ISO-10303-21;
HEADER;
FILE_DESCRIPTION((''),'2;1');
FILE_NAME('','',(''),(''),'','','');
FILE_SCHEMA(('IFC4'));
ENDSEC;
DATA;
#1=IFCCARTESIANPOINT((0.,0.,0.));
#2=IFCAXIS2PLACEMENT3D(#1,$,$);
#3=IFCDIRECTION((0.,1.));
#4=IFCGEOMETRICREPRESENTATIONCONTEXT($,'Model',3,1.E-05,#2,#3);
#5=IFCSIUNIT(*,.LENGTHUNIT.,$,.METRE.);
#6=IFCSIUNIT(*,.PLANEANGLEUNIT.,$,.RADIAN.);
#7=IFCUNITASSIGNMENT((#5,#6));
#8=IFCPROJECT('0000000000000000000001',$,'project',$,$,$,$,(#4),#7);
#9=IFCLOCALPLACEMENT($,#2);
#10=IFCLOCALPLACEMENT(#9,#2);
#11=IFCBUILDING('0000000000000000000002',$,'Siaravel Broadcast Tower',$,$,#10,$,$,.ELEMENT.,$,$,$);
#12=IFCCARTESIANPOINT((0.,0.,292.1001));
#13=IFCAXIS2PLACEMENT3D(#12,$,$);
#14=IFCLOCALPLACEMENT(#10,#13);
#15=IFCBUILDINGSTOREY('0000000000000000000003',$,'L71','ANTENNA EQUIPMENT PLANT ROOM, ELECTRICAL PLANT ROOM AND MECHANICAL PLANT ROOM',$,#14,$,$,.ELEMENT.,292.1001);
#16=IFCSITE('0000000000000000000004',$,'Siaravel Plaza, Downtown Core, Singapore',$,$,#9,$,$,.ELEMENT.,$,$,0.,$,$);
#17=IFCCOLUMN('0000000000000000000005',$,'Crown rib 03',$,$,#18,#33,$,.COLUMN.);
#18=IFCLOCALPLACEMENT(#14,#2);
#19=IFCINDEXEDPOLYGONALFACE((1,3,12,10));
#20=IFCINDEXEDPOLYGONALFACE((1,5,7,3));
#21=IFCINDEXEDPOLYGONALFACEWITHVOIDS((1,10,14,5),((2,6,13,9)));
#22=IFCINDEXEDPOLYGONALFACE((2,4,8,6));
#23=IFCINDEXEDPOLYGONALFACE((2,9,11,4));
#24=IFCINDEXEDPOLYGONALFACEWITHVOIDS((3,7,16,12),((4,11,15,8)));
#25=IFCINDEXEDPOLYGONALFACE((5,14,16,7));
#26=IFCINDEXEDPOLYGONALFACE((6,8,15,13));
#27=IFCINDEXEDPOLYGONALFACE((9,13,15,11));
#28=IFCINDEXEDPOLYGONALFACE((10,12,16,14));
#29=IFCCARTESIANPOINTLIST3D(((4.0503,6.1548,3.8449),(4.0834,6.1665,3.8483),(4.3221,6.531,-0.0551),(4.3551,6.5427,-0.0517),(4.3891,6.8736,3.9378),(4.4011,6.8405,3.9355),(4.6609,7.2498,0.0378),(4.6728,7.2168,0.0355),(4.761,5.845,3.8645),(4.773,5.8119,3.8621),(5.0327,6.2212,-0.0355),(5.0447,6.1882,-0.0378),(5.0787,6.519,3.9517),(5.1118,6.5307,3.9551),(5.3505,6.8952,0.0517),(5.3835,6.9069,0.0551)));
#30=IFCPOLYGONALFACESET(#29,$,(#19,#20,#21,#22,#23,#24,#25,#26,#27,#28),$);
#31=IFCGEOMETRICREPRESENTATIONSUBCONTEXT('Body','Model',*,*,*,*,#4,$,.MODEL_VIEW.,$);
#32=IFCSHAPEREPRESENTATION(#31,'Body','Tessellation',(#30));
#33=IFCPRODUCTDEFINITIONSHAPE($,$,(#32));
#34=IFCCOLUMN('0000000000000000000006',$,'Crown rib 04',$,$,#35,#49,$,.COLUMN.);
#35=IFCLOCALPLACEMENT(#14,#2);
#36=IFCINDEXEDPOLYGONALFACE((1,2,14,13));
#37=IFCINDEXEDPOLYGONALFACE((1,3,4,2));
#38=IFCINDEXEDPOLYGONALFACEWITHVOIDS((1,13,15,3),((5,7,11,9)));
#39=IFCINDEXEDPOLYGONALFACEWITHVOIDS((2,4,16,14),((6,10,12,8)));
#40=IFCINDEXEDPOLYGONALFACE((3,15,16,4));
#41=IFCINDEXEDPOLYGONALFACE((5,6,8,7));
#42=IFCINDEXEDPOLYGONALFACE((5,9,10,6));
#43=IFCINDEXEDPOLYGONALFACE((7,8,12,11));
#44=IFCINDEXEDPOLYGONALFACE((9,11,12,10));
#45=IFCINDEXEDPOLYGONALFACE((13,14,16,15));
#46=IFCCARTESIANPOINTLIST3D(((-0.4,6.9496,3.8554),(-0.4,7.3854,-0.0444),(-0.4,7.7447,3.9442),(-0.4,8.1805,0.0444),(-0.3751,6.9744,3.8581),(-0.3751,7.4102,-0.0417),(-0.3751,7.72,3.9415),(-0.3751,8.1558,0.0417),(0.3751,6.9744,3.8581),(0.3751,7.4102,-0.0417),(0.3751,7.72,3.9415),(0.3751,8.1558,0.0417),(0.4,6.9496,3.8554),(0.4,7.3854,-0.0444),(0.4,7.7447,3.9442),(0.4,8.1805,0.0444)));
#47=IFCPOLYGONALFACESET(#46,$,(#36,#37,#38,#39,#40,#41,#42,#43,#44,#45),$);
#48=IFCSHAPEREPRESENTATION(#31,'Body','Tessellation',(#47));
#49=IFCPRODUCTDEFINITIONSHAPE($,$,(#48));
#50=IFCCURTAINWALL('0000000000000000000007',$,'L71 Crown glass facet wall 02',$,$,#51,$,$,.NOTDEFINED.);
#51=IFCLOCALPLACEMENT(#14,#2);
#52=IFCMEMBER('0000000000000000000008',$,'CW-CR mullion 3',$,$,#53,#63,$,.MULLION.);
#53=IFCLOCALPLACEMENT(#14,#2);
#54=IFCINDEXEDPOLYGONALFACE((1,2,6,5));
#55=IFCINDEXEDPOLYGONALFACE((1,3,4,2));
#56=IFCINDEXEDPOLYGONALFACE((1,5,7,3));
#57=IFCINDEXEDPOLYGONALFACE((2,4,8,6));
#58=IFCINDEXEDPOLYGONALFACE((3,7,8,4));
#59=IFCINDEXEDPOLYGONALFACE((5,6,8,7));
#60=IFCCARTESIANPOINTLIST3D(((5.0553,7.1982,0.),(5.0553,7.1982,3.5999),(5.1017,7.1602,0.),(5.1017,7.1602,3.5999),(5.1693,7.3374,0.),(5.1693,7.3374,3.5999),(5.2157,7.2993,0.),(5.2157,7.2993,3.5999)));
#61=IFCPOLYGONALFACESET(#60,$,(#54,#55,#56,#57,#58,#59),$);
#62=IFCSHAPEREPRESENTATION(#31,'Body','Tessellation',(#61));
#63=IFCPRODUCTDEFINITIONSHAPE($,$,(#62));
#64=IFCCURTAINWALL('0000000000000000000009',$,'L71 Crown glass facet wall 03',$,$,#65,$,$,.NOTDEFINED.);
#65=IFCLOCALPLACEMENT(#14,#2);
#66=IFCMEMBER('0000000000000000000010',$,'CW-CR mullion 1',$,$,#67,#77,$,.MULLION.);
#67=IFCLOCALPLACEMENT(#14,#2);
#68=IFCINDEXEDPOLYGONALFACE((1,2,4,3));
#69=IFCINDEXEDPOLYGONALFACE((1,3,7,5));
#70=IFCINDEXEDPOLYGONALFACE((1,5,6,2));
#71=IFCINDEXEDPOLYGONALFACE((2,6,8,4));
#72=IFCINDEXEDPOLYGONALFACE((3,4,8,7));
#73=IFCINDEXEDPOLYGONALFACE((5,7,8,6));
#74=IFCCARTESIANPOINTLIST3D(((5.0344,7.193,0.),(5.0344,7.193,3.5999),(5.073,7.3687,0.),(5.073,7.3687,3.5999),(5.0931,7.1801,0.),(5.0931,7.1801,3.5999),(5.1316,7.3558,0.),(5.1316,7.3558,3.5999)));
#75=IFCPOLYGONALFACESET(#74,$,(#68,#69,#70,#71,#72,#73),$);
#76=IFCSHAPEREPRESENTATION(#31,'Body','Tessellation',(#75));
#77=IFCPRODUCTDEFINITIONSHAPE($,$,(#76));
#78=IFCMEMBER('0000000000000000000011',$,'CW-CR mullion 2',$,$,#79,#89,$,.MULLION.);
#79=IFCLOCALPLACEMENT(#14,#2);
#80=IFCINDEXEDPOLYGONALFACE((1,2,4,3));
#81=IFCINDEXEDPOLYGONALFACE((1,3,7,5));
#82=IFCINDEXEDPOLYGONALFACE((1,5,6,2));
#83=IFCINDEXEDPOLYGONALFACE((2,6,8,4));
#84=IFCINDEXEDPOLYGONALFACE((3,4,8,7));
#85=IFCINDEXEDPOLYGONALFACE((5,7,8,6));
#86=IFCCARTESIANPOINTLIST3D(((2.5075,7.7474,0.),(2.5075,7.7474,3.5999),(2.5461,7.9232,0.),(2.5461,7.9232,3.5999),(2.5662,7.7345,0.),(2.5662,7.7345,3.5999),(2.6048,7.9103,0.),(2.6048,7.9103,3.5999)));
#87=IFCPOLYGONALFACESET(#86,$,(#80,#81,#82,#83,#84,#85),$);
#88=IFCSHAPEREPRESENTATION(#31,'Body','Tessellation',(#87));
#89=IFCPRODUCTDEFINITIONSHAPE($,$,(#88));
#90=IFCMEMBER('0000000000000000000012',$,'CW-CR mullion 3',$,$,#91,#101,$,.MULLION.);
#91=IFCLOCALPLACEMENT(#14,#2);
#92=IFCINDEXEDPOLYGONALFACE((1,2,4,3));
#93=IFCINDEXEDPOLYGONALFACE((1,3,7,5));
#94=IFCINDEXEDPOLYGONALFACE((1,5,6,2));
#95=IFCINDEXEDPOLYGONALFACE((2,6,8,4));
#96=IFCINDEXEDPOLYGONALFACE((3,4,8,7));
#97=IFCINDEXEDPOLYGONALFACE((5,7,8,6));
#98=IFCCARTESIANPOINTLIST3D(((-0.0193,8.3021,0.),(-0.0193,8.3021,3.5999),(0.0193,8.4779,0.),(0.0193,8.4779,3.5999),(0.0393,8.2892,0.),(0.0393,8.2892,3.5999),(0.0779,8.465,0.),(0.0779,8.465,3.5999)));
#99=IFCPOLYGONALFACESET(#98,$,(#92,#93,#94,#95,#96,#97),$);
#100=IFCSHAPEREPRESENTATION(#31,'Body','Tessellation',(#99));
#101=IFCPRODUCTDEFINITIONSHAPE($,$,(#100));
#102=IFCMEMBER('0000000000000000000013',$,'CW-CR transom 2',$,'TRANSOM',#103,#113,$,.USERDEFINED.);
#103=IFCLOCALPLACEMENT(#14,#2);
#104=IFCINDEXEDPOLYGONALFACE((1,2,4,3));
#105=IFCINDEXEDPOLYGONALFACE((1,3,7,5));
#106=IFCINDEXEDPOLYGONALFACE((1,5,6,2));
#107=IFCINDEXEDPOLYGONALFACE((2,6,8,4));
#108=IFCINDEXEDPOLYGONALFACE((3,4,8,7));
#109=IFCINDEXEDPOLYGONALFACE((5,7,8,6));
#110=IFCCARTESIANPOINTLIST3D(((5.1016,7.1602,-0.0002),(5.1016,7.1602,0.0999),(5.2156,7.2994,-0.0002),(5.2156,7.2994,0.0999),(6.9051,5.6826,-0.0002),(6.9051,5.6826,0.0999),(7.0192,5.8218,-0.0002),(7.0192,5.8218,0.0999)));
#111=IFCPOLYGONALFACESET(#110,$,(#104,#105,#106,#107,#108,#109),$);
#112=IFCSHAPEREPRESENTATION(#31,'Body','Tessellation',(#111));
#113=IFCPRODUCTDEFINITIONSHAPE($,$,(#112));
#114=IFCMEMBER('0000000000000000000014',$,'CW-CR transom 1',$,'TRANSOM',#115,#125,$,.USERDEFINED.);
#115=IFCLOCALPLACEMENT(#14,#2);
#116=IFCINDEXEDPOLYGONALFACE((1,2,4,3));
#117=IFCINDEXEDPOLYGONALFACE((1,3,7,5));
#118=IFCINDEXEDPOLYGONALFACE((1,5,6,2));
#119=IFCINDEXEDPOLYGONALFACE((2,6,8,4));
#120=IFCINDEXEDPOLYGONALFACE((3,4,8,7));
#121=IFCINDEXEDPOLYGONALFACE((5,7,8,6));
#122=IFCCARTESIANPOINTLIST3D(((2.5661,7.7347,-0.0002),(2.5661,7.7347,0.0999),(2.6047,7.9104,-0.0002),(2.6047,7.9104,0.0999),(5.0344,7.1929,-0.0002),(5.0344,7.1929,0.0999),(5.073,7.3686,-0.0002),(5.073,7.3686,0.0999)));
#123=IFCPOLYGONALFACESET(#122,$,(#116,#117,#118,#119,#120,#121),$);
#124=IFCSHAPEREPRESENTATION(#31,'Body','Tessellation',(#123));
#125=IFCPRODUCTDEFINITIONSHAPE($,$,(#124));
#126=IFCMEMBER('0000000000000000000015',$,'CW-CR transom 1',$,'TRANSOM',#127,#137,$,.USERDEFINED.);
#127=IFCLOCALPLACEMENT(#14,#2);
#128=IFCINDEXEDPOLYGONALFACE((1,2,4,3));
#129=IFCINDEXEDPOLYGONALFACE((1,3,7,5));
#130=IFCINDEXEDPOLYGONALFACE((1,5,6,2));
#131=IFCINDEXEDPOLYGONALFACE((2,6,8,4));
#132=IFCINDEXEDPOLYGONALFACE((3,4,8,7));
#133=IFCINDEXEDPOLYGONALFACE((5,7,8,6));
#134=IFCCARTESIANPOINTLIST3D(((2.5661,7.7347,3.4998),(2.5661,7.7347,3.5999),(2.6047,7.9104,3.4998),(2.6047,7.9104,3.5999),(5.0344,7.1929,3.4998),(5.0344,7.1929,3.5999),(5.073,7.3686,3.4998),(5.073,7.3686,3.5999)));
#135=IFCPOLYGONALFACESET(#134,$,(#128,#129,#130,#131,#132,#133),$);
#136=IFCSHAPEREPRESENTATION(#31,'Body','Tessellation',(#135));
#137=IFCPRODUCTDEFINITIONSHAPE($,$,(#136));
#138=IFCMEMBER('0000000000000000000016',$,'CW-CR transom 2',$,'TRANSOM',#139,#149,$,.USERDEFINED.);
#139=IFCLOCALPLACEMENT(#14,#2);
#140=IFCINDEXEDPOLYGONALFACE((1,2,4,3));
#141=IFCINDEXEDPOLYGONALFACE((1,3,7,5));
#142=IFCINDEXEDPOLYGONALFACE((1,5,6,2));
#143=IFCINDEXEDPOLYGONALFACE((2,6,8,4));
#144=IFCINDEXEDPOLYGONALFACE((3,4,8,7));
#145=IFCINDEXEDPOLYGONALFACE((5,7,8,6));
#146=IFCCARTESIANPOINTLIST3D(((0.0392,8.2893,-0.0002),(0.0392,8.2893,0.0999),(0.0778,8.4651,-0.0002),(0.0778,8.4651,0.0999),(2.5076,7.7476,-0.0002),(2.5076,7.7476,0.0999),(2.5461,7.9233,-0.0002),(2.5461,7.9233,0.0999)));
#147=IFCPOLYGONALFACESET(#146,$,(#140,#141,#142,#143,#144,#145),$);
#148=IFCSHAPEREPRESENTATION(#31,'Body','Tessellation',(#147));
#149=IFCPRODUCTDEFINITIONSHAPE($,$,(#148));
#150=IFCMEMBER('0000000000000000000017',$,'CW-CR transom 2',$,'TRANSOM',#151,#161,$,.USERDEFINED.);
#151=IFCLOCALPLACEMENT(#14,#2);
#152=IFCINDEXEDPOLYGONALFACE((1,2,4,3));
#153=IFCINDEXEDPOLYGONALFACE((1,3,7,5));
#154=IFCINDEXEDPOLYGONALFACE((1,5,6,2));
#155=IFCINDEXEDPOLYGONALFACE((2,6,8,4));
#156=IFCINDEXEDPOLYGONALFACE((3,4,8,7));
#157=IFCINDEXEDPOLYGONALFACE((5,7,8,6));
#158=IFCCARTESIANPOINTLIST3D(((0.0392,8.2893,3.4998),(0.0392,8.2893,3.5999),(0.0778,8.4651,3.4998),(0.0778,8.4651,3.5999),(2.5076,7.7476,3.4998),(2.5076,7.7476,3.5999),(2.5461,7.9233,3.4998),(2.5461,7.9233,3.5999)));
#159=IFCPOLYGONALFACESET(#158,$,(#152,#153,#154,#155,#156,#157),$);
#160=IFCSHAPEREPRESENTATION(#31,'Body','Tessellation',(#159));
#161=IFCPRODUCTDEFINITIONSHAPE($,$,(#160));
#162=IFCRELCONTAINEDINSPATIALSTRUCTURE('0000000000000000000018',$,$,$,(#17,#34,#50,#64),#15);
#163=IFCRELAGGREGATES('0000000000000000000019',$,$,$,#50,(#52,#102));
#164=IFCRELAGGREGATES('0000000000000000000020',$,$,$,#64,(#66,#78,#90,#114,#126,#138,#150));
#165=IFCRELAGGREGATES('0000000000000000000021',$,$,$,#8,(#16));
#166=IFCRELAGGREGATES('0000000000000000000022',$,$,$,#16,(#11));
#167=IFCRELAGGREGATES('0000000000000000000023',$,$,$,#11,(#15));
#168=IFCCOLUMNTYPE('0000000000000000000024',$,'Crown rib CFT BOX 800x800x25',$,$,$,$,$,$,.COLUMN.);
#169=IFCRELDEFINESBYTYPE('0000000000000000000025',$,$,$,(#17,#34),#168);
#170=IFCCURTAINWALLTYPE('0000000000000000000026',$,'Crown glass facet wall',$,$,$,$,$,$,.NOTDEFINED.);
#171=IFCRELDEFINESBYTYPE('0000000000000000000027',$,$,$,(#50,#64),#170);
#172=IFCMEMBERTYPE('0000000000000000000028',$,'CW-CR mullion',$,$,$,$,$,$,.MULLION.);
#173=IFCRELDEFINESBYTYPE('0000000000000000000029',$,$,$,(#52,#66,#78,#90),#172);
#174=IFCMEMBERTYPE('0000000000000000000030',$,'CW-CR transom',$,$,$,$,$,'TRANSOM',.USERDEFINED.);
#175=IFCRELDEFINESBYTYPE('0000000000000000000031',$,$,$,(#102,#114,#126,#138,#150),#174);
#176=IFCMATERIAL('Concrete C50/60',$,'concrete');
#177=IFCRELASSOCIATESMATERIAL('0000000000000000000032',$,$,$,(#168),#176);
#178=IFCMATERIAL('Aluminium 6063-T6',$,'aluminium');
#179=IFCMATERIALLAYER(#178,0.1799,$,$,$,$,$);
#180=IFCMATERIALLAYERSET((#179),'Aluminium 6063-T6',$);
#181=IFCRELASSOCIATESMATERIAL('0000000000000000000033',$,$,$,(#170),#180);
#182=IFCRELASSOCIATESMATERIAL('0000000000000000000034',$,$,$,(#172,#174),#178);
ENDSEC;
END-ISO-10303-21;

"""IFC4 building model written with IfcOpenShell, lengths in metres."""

from ifc_helpers import new_model, si_unit, direction, frame, origin, origin_2d, place, context, subcontext, project, spatial, rectangle, hollow_rectangle, extrude, material, layer, layer_set, material_profile, profile_set, type_object, element, aggregate, save


model = new_model("IFC4")

# Units and contexts
model_context = context("Model", 3, precision=1e-05, world=origin(), true_north=direction((0.0, 1.0)))
body_context = subcontext(model_context, "Body", "Model", "MODEL_VIEW")
ifc_project = project(units=[si_unit("LENGTHUNIT", "METRE"), si_unit("PLANEANGLEUNIT", "RADIAN")], contexts=[model_context])

# Site, building, storey
site_placement = place(None, origin())
site = spatial("IfcSite", under=ifc_project, at=site_placement, Name="Siaravel Plaza, Downtown Core, Singapore", CompositionType="ELEMENT", RefElevation=0.0)
building_placement = place(site_placement, origin())
building = spatial("IfcBuilding", under=site, at=building_placement, Name="Siaravel Broadcast Tower", CompositionType="ELEMENT")
storey_placement = place(building_placement, frame((0.0, 0.0, 292.1001)))
storey = spatial("IfcBuildingStorey", under=building, at=storey_placement, Name="L71", Description="ANTENNA EQUIPMENT PLANT ROOM, ELECTRICAL PLANT ROOM AND MECHANICAL PLANT ROOM", CompositionType="ELEMENT", Elevation=292.1001)

# Columns
ifc_material_1 = material(Name="Concrete C50/60", Category="concrete")
ifc_material_profile_1 = material_profile(ifc_material_1, hollow_rectangle(XDim=0.8, YDim=0.8, WallThickness=0.0249, at=origin_2d()))
ifc_profile_set_1 = profile_set([ifc_material_profile_1], Name="Concrete C50/60")
column_type = type_object("IfcColumnType", Name="Crown rib CFT BOX 800x800x25", PredefinedType="COLUMN", material=ifc_profile_set_1)
column_1_placement = place(storey_placement, frame((4.8528, 6.719, 0.0), z_axis=(-0.069188, -0.095793, 0.992994), x_axis=(0.903251, -0.428569, 0.021591)))
element("IfcColumn", 1, at=column_1_placement, inside=storey, type_object=column_type, Name="Crown rib 03", PredefinedType="COLUMN", context=body_context, shape_type="SweptSolid", body=[
    extrude(hollow_rectangle(XDim=0.8, YDim=0.8, WallThickness=0.0249, at=origin_2d()), origin(), (0.0, 0.0, 1.0), 3.9275),
])
column_2_placement = place(storey_placement, frame((0.0, 7.783, 0.0), z_axis=(0.0, -0.111053, 0.993814), x_axis=(1.0, 0.0, 0.0)))
element("IfcColumn", 2, at=column_2_placement, inside=storey, type_object=column_type, Name="Crown rib 04", PredefinedType="COLUMN", context=body_context, shape_type="SweptSolid", body=[
    extrude(hollow_rectangle(XDim=0.8, YDim=0.8, WallThickness=0.0249, at=origin_2d()), origin(), (0.0, 0.0, 1.0), 3.9241),
])

# Curtain wall, member
ifc_material_2 = material(Name="Aluminium 6063-T6", Category="aluminium")
ifc_layer_1 = layer(ifc_material_2, 0.1799)
ifc_layer_set_1 = layer_set([ifc_layer_1], Name="Aluminium 6063-T6")
curtain_wall_type = type_object("IfcCurtainWallType", Name="Crown glass facet wall", PredefinedType="NOTDEFINED", material=ifc_layer_set_1)
curtain_wall_1_placement = place(storey_placement, origin())
curtain_wall_1 = element("IfcCurtainWall", 3, at=curtain_wall_1_placement, inside=storey, type_object=curtain_wall_type, Name="L71 Crown glass facet wall 02", PredefinedType="NOTDEFINED")
ifc_material_profile_2 = material_profile(ifc_material_2, rectangle(XDim=0.1799, YDim=0.0601, at=origin_2d()))
ifc_profile_set_2 = profile_set([ifc_material_profile_2], Name="Aluminium 6063-T6")
member_type_1 = type_object("IfcMemberType", Name="CW-CR mullion", PredefinedType="MULLION", material=ifc_profile_set_2)
member_1_placement = place(storey_placement, frame((5.1355, 7.2488, 0.0), z_axis=(0.0, 0.0, 1.0), x_axis=(-0.633724, -0.773559, 0.0)))
member_1 = element("IfcMember", 4, at=member_1_placement, type_object=member_type_1, Name="CW-CR mullion 3", PredefinedType="MULLION", context=body_context, shape_type="SweptSolid", body=[
    extrude(rectangle(XDim=0.1799, YDim=0.0601, at=origin_2d()), origin(), (0.0, 0.0, 1.0), 3.5999),
])

# Curtain wall, members
curtain_wall_2_placement = place(storey_placement, origin())
curtain_wall_2 = element("IfcCurtainWall", 5, at=curtain_wall_2_placement, inside=storey, type_object=curtain_wall_type, Name="L71 Crown glass facet wall 03", PredefinedType="NOTDEFINED")
member_2_placement = place(storey_placement, frame((5.083, 7.2744, 0.0), z_axis=(0.0, 0.0, 1.0), x_axis=(-0.214399, -0.976746, 0.0)))
member_2 = element("IfcMember", 6, at=member_2_placement, type_object=member_type_1, Name="CW-CR mullion 1", PredefinedType="MULLION", context=body_context, shape_type="SweptSolid", body=[
    extrude(rectangle(XDim=0.1799, YDim=0.0601, at=origin_2d()), origin(), (0.0, 0.0, 1.0), 3.5999),
])
member_3_placement = place(storey_placement, frame((2.5562, 7.8289, 0.0), z_axis=(0.0, 0.0, 1.0), x_axis=(-0.214399, -0.976746, 0.0)))
member_3 = element("IfcMember", 7, at=member_3_placement, type_object=member_type_1, Name="CW-CR mullion 2", PredefinedType="MULLION", context=body_context, shape_type="SweptSolid", body=[
    extrude(rectangle(XDim=0.1799, YDim=0.0601, at=origin_2d()), origin(), (0.0, 0.0, 1.0), 3.5999),
])
member_4_placement = place(storey_placement, frame((0.0293, 8.3835, 0.0), z_axis=(0.0, 0.0, 1.0), x_axis=(-0.214399, -0.976746, 0.0)))
member_4 = element("IfcMember", 8, at=member_4_placement, type_object=member_type_1, Name="CW-CR mullion 3", PredefinedType="MULLION", context=body_context, shape_type="SweptSolid", body=[
    extrude(rectangle(XDim=0.1799, YDim=0.0601, at=origin_2d()), origin(), (0.0, 0.0, 1.0), 3.5999),
])

# Members
ifc_material_profile_3 = material_profile(ifc_material_2, rectangle(XDim=0.1799, YDim=0.1001, at=origin_2d()))
ifc_profile_set_3 = profile_set([ifc_material_profile_3], Name="Aluminium 6063-T6")
member_type_2 = type_object("IfcMemberType", Name="CW-CR transom", ElementType="TRANSOM", PredefinedType="USERDEFINED", material=ifc_profile_set_3)
member_5_placement = place(storey_placement, frame((6.9622, 5.7522, 0.0498), z_axis=(-0.773542, 0.633745, 0.0), x_axis=(-0.633745, -0.773542, 0.0)))
member_5 = element("IfcMember", 9, at=member_5_placement, type_object=member_type_2, Name="CW-CR transom 2", ObjectType="TRANSOM", PredefinedType="USERDEFINED", context=body_context, shape_type="SweptSolid", body=[
    extrude(rectangle(XDim=0.1799, YDim=0.1001, at=origin_2d()), origin(), (0.0, 0.0, 1.0), 2.3315),
])
member_6_placement = place(storey_placement, frame((5.0537, 7.2808, 0.0498), z_axis=(-0.97675, 0.214383, 0.0), x_axis=(-0.214383, -0.97675, 0.0)))
member_6 = element("IfcMember", 10, at=member_6_placement, type_object=member_type_2, Name="CW-CR transom 1", ObjectType="TRANSOM", PredefinedType="USERDEFINED", context=body_context, shape_type="SweptSolid", body=[
    extrude(rectangle(XDim=0.1799, YDim=0.1001, at=origin_2d()), origin(), (0.0, 0.0, 1.0), 2.5271),
])
member_7_placement = place(storey_placement, frame((5.0537, 7.2808, 3.5498), z_axis=(-0.97675, 0.214383, 0.0), x_axis=(-0.214383, -0.97675, 0.0)))
member_7 = element("IfcMember", 11, at=member_7_placement, type_object=member_type_2, Name="CW-CR transom 1", ObjectType="TRANSOM", PredefinedType="USERDEFINED", context=body_context, shape_type="SweptSolid", body=[
    extrude(rectangle(XDim=0.1799, YDim=0.1001, at=origin_2d()), origin(), (0.0, 0.0, 1.0), 2.5271),
])
member_8_placement = place(storey_placement, frame((2.5269, 7.8354, 0.0498), z_axis=(-0.97675, 0.214383, 0.0), x_axis=(-0.214383, -0.97675, 0.0)))
member_8 = element("IfcMember", 12, at=member_8_placement, type_object=member_type_2, Name="CW-CR transom 2", ObjectType="TRANSOM", PredefinedType="USERDEFINED", context=body_context, shape_type="SweptSolid", body=[
    extrude(rectangle(XDim=0.1799, YDim=0.1001, at=origin_2d()), origin(), (0.0, 0.0, 1.0), 2.5271),
])
member_9_placement = place(storey_placement, frame((2.5269, 7.8354, 3.5498), z_axis=(-0.97675, 0.214383, 0.0), x_axis=(-0.214383, -0.97675, 0.0)))
member_9 = element("IfcMember", 13, at=member_9_placement, type_object=member_type_2, Name="CW-CR transom 2", ObjectType="TRANSOM", PredefinedType="USERDEFINED", context=body_context, shape_type="SweptSolid", body=[
    extrude(rectangle(XDim=0.1799, YDim=0.1001, at=origin_2d()), origin(), (0.0, 0.0, 1.0), 2.5271),
])

aggregate(curtain_wall_1, [member_1, member_5])
aggregate(curtain_wall_2, [member_2, member_3, member_4, member_6, member_7, member_8, member_9])

save(model, "model.ifc")
